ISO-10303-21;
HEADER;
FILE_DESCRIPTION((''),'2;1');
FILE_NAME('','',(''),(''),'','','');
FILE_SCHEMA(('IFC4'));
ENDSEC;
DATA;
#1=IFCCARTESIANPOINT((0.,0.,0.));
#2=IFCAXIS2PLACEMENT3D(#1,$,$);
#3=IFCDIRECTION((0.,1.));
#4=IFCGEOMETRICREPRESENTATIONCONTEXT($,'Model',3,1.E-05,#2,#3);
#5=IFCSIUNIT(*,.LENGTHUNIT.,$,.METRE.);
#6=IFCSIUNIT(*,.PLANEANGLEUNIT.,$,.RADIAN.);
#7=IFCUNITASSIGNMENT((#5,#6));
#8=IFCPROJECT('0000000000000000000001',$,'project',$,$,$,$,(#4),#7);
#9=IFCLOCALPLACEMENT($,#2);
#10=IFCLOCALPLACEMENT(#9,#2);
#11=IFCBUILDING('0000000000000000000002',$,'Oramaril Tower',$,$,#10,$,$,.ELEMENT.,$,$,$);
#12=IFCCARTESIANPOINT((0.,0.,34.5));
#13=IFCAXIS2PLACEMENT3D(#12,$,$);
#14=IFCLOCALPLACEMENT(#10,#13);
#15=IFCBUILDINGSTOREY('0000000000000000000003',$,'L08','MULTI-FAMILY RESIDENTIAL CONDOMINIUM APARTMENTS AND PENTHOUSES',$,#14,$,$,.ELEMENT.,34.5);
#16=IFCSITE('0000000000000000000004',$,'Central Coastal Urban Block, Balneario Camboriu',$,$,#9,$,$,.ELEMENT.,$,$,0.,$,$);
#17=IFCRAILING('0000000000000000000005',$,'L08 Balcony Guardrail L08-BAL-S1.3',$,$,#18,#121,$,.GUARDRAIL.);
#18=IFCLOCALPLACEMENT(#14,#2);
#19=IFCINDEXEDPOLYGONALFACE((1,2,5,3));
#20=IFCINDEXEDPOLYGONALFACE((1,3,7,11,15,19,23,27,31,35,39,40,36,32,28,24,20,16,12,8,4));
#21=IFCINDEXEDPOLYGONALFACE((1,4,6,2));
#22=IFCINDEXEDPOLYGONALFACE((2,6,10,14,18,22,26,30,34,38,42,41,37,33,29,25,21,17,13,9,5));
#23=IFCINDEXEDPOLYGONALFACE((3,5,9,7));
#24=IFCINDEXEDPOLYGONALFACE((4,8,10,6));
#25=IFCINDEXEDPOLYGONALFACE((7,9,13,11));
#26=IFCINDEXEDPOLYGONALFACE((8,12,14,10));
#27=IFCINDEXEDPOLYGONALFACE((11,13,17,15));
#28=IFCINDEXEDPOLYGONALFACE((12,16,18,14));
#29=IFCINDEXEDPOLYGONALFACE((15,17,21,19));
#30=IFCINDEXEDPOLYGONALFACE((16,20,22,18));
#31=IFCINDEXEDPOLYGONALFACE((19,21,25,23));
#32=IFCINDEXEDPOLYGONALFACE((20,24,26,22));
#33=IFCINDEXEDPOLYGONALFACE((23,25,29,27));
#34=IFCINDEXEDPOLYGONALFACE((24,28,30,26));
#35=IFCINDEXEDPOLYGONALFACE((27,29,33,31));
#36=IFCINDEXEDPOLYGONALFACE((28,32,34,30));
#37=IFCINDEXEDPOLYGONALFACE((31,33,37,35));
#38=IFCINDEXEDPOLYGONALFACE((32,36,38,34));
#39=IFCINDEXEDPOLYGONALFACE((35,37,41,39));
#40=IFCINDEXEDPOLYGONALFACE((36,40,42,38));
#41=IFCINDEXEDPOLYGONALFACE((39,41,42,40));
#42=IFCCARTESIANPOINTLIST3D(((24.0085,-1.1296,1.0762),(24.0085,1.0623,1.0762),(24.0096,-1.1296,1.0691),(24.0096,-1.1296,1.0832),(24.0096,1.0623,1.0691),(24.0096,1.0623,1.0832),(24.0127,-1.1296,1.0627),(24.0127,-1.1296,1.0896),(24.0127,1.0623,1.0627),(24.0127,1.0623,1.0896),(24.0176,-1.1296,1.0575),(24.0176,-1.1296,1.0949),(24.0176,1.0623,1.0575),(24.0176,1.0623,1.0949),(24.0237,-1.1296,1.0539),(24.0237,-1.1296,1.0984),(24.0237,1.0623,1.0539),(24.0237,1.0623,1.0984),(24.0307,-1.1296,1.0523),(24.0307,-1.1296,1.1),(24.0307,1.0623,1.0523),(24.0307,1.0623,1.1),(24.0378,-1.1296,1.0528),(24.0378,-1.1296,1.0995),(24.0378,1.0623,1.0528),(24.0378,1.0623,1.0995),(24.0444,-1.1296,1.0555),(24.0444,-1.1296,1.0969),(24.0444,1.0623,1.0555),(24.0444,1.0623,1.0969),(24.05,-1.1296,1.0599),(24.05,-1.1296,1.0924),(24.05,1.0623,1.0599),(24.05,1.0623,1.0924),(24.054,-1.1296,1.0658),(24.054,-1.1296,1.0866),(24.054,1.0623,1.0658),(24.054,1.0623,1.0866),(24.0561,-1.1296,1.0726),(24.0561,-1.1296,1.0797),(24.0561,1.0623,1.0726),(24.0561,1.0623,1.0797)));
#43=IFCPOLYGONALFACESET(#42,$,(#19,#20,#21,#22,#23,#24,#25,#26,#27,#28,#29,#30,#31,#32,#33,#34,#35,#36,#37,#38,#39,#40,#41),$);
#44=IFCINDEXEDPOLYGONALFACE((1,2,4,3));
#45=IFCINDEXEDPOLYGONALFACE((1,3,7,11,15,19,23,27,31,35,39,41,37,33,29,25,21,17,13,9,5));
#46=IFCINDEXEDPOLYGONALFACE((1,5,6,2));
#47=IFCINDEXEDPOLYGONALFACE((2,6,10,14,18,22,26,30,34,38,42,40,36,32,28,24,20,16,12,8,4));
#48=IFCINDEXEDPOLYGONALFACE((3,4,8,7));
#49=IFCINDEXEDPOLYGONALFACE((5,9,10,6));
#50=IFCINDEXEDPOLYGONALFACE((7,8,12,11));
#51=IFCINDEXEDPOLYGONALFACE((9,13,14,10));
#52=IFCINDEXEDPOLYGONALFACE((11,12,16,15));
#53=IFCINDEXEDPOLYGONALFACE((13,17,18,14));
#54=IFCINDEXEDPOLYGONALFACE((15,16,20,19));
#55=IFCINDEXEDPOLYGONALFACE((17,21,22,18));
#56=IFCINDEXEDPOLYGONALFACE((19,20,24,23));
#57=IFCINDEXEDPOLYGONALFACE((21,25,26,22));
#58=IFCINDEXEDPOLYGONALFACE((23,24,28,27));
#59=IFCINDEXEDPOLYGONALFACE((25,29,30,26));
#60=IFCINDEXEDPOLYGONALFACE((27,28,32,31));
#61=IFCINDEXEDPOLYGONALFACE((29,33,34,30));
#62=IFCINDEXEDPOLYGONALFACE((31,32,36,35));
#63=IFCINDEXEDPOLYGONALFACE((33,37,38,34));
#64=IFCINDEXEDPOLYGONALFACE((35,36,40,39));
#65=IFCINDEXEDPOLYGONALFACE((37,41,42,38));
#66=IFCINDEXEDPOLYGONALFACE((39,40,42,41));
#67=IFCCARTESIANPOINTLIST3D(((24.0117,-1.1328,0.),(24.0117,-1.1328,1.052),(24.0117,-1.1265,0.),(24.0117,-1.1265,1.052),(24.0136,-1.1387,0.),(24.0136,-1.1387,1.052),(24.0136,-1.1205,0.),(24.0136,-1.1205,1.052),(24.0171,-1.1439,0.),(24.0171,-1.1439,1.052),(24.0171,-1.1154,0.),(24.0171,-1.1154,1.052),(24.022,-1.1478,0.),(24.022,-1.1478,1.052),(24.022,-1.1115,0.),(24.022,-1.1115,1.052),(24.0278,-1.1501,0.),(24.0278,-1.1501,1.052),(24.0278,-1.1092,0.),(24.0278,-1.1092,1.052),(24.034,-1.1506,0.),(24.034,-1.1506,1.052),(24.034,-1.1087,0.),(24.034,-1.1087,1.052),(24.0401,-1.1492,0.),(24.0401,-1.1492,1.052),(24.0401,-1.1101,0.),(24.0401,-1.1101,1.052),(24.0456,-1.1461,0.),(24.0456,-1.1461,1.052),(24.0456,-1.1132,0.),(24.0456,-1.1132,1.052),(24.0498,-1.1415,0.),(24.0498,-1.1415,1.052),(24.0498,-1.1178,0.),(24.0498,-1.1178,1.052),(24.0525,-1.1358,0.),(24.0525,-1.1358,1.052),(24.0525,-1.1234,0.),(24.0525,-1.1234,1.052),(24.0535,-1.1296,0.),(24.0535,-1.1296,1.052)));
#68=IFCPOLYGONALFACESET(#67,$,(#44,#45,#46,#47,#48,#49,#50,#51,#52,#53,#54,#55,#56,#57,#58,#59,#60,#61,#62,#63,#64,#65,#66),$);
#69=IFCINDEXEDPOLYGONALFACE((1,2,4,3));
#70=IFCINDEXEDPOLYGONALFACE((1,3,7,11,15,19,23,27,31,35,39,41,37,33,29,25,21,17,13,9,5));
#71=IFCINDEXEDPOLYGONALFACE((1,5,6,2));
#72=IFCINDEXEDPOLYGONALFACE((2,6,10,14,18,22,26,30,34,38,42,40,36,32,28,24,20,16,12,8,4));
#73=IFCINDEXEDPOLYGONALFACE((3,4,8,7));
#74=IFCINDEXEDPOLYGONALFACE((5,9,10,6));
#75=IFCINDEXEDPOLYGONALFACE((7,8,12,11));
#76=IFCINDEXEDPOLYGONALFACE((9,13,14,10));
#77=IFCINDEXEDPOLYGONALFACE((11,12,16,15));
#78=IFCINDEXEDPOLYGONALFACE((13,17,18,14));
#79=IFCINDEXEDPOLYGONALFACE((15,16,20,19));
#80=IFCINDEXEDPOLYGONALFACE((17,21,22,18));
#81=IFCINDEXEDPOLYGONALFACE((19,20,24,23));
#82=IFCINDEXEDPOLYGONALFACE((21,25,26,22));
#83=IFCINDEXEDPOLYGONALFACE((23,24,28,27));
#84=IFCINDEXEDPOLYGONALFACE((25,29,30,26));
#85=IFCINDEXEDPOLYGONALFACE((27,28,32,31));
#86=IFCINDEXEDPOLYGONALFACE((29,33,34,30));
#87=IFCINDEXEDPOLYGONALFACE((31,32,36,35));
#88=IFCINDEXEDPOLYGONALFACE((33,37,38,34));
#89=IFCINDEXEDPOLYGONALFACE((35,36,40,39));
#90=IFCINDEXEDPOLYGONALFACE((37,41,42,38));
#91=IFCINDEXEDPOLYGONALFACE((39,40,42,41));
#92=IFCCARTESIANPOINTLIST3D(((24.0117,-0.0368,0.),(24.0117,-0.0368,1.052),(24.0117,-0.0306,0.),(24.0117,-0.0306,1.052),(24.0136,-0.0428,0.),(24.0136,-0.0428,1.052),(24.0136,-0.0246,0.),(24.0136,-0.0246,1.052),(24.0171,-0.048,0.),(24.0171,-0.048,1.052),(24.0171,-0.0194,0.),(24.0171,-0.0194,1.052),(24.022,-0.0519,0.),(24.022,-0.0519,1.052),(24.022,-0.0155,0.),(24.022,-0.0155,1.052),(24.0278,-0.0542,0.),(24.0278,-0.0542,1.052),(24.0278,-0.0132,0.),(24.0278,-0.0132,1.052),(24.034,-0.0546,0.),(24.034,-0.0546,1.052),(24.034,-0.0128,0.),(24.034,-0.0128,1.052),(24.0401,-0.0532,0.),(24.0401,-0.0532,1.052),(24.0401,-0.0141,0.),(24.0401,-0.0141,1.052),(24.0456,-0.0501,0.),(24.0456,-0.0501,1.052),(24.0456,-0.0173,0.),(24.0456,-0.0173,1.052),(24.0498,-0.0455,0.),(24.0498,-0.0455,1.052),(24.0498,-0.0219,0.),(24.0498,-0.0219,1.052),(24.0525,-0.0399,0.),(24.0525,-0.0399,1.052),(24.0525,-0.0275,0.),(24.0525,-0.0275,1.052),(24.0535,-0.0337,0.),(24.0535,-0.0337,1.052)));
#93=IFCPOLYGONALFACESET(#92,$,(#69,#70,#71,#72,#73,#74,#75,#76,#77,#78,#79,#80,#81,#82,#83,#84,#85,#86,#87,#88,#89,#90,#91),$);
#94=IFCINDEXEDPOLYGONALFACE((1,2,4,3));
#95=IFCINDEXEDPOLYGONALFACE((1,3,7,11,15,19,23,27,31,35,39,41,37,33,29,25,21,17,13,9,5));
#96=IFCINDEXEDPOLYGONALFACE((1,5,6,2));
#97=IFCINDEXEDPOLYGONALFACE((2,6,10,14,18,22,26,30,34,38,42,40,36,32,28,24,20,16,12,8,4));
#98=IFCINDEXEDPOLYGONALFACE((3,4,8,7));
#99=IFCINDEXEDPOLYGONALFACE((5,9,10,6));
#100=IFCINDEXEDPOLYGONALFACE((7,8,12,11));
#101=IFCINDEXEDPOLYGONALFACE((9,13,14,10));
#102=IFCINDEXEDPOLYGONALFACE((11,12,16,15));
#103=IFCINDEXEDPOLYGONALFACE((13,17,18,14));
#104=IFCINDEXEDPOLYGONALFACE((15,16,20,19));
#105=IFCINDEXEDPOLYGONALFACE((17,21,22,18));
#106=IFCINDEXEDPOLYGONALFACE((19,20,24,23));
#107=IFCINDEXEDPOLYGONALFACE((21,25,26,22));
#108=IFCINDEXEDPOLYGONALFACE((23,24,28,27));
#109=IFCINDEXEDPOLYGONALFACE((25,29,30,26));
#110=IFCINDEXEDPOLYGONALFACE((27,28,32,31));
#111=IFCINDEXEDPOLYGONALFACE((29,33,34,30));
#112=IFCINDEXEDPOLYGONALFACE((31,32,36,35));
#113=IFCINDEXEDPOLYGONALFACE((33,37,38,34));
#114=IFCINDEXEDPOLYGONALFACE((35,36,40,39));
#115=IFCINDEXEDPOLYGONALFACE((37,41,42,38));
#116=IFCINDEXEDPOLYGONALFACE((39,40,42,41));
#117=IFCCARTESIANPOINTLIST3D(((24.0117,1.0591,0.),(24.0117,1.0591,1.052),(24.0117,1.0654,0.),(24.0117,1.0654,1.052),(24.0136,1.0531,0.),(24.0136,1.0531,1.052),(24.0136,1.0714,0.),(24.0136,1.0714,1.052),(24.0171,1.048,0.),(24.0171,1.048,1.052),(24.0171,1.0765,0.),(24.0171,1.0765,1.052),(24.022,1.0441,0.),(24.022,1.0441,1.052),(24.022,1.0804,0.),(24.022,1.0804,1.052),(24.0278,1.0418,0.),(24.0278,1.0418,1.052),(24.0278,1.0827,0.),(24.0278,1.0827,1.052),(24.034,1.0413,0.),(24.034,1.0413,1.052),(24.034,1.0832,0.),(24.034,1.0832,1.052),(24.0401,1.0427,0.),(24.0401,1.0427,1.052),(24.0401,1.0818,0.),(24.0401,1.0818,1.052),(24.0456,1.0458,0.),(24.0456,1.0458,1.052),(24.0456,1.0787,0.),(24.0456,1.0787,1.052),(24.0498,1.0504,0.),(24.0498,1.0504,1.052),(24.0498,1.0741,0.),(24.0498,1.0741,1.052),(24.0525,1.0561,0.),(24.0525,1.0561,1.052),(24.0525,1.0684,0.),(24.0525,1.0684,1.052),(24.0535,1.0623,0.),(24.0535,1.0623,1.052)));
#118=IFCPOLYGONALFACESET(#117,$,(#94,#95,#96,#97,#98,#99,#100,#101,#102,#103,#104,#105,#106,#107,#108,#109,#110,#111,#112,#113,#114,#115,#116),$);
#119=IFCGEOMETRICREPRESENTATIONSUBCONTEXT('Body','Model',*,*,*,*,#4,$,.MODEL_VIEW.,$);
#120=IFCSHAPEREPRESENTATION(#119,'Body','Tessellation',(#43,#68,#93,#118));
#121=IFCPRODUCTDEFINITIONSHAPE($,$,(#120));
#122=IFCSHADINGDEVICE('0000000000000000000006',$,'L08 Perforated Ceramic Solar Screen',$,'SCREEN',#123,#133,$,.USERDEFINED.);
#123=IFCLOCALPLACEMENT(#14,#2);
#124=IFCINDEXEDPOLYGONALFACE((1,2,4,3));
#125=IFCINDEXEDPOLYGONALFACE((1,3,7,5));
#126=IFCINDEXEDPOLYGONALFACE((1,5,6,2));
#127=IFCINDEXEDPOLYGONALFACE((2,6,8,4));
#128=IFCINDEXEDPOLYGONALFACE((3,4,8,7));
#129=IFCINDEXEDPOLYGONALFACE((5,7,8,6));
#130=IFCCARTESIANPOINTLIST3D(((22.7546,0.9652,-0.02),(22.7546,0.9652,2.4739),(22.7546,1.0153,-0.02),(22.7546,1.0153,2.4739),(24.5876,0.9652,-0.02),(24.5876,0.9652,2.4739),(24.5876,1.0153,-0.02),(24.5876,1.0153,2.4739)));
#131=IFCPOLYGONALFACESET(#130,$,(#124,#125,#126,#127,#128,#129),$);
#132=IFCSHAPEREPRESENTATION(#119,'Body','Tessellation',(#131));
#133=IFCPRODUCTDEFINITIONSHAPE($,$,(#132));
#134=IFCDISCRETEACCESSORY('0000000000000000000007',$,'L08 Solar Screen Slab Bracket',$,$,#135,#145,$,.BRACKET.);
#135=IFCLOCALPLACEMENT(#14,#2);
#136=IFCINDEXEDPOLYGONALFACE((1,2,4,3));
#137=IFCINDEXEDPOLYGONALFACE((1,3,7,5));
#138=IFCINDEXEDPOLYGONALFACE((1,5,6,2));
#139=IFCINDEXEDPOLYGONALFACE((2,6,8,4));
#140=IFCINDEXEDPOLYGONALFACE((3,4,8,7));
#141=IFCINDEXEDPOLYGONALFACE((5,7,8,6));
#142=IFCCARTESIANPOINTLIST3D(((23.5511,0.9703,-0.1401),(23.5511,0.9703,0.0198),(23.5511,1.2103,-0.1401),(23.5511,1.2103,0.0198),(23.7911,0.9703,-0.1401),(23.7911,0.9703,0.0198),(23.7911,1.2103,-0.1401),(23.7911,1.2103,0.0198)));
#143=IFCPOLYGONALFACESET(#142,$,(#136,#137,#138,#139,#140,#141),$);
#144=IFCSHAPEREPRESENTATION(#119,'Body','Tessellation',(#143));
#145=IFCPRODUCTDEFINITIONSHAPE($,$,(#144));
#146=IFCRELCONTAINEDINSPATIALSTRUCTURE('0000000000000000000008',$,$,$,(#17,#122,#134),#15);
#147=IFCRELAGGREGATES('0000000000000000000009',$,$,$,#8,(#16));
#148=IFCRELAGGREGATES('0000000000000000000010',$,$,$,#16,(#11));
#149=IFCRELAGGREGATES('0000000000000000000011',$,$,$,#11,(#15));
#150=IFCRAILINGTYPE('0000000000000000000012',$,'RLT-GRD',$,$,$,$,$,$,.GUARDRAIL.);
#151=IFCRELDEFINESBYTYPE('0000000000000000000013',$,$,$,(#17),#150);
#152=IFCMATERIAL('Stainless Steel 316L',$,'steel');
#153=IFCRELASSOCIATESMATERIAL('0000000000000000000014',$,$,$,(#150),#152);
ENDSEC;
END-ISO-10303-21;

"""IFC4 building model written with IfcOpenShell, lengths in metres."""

from ifc_helpers import new_model, si_unit, direction, frame, origin, origin_2d, place, context, subcontext, project, spatial, rectangle, circle, extrude, material, type_object, element, save


model = new_model("IFC4")

# Units and contexts
model_context = context("Model", 3, precision=1e-05, world=origin(), true_north=direction((0.0, 1.0)))
body_context = subcontext(model_context, "Body", "Model", "MODEL_VIEW")
ifc_project = project(units=[si_unit("LENGTHUNIT", "METRE"), si_unit("PLANEANGLEUNIT", "RADIAN")], contexts=[model_context])

# Site, building, storey
site_placement = place(None, origin())
site = spatial("IfcSite", under=ifc_project, at=site_placement, Name="Central Coastal Urban Block, Balneario Camboriu", CompositionType="ELEMENT", RefElevation=0.0)
building_placement = place(site_placement, origin())
building = spatial("IfcBuilding", under=site, at=building_placement, Name="Oramaril Tower", CompositionType="ELEMENT")
storey_placement = place(building_placement, frame((0.0, 0.0, 34.5)))
storey = spatial("IfcBuildingStorey", under=building, at=storey_placement, Name="L08", Description="MULTI-FAMILY RESIDENTIAL CONDOMINIUM APARTMENTS AND PENTHOUSES", CompositionType="ELEMENT", Elevation=34.5)

# Railing
ifc_material_1 = material(Name="Stainless Steel 316L", Category="steel")
railing_type = type_object("IfcRailingType", Name="RLT-GRD", PredefinedType="GUARDRAIL", material=ifc_material_1)
railing_placement = place(storey_placement, frame((24.0325, -1.1296, 0.0)))
element("IfcRailing", 1, at=railing_placement, inside=storey, type_object=railing_type, Name="L08 Balcony Guardrail L08-BAL-S1.3", PredefinedType="GUARDRAIL", context=body_context, shape_type="SweptSolid", body=[
    extrude(circle(Radius=0.0239, at=origin_2d()), frame((0.0, 0.0, 1.0762), z_axis=(0.0, 1.0, 0.0), x_axis=(-1.0, 0.0, 0.0)), (0.0, 0.0, 1.0), 2.1919),
    extrude(circle(Radius=0.021, at=origin_2d()), origin(), (0.0, 0.0, 1.0), 1.052),
    extrude(circle(Radius=0.021, at=origin_2d()), frame((0.0, 1.0959, 0.0)), (0.0, 0.0, 1.0), 1.052),
    extrude(circle(Radius=0.021, at=origin_2d()), frame((0.0, 2.1919, 0.0)), (0.0, 0.0, 1.0), 1.052),
])

# Shading device
shading_device_placement = place(storey_placement, frame((23.6711, 0.9902, -0.02), z_axis=(0.0, 0.0, 1.0), x_axis=(1.0, 0.0, 0.0)))
element("IfcShadingDevice", 2, at=shading_device_placement, inside=storey, Name="L08 Perforated Ceramic Solar Screen", ObjectType="SCREEN", PredefinedType="USERDEFINED", context=body_context, shape_type="SweptSolid", body=[
    extrude(rectangle(XDim=1.833, YDim=0.05, at=origin_2d()), origin(), (0.0, 0.0, 1.0), 2.4939),
])

# Discrete accessory
discrete_accessory_placement = place(storey_placement, frame((23.6711, 1.0903, -0.1401), z_axis=(0.0, 0.0, 1.0), x_axis=(1.0, 0.0, 0.0)))
element("IfcDiscreteAccessory", 3, at=discrete_accessory_placement, inside=storey, Name="L08 Solar Screen Slab Bracket", PredefinedType="BRACKET", context=body_context, shape_type="SweptSolid", body=[
    extrude(rectangle(XDim=0.24, YDim=0.24, at=origin_2d()), origin(), (0.0, 0.0, 1.0), 0.1599),
])

save(model, "model.ifc")
